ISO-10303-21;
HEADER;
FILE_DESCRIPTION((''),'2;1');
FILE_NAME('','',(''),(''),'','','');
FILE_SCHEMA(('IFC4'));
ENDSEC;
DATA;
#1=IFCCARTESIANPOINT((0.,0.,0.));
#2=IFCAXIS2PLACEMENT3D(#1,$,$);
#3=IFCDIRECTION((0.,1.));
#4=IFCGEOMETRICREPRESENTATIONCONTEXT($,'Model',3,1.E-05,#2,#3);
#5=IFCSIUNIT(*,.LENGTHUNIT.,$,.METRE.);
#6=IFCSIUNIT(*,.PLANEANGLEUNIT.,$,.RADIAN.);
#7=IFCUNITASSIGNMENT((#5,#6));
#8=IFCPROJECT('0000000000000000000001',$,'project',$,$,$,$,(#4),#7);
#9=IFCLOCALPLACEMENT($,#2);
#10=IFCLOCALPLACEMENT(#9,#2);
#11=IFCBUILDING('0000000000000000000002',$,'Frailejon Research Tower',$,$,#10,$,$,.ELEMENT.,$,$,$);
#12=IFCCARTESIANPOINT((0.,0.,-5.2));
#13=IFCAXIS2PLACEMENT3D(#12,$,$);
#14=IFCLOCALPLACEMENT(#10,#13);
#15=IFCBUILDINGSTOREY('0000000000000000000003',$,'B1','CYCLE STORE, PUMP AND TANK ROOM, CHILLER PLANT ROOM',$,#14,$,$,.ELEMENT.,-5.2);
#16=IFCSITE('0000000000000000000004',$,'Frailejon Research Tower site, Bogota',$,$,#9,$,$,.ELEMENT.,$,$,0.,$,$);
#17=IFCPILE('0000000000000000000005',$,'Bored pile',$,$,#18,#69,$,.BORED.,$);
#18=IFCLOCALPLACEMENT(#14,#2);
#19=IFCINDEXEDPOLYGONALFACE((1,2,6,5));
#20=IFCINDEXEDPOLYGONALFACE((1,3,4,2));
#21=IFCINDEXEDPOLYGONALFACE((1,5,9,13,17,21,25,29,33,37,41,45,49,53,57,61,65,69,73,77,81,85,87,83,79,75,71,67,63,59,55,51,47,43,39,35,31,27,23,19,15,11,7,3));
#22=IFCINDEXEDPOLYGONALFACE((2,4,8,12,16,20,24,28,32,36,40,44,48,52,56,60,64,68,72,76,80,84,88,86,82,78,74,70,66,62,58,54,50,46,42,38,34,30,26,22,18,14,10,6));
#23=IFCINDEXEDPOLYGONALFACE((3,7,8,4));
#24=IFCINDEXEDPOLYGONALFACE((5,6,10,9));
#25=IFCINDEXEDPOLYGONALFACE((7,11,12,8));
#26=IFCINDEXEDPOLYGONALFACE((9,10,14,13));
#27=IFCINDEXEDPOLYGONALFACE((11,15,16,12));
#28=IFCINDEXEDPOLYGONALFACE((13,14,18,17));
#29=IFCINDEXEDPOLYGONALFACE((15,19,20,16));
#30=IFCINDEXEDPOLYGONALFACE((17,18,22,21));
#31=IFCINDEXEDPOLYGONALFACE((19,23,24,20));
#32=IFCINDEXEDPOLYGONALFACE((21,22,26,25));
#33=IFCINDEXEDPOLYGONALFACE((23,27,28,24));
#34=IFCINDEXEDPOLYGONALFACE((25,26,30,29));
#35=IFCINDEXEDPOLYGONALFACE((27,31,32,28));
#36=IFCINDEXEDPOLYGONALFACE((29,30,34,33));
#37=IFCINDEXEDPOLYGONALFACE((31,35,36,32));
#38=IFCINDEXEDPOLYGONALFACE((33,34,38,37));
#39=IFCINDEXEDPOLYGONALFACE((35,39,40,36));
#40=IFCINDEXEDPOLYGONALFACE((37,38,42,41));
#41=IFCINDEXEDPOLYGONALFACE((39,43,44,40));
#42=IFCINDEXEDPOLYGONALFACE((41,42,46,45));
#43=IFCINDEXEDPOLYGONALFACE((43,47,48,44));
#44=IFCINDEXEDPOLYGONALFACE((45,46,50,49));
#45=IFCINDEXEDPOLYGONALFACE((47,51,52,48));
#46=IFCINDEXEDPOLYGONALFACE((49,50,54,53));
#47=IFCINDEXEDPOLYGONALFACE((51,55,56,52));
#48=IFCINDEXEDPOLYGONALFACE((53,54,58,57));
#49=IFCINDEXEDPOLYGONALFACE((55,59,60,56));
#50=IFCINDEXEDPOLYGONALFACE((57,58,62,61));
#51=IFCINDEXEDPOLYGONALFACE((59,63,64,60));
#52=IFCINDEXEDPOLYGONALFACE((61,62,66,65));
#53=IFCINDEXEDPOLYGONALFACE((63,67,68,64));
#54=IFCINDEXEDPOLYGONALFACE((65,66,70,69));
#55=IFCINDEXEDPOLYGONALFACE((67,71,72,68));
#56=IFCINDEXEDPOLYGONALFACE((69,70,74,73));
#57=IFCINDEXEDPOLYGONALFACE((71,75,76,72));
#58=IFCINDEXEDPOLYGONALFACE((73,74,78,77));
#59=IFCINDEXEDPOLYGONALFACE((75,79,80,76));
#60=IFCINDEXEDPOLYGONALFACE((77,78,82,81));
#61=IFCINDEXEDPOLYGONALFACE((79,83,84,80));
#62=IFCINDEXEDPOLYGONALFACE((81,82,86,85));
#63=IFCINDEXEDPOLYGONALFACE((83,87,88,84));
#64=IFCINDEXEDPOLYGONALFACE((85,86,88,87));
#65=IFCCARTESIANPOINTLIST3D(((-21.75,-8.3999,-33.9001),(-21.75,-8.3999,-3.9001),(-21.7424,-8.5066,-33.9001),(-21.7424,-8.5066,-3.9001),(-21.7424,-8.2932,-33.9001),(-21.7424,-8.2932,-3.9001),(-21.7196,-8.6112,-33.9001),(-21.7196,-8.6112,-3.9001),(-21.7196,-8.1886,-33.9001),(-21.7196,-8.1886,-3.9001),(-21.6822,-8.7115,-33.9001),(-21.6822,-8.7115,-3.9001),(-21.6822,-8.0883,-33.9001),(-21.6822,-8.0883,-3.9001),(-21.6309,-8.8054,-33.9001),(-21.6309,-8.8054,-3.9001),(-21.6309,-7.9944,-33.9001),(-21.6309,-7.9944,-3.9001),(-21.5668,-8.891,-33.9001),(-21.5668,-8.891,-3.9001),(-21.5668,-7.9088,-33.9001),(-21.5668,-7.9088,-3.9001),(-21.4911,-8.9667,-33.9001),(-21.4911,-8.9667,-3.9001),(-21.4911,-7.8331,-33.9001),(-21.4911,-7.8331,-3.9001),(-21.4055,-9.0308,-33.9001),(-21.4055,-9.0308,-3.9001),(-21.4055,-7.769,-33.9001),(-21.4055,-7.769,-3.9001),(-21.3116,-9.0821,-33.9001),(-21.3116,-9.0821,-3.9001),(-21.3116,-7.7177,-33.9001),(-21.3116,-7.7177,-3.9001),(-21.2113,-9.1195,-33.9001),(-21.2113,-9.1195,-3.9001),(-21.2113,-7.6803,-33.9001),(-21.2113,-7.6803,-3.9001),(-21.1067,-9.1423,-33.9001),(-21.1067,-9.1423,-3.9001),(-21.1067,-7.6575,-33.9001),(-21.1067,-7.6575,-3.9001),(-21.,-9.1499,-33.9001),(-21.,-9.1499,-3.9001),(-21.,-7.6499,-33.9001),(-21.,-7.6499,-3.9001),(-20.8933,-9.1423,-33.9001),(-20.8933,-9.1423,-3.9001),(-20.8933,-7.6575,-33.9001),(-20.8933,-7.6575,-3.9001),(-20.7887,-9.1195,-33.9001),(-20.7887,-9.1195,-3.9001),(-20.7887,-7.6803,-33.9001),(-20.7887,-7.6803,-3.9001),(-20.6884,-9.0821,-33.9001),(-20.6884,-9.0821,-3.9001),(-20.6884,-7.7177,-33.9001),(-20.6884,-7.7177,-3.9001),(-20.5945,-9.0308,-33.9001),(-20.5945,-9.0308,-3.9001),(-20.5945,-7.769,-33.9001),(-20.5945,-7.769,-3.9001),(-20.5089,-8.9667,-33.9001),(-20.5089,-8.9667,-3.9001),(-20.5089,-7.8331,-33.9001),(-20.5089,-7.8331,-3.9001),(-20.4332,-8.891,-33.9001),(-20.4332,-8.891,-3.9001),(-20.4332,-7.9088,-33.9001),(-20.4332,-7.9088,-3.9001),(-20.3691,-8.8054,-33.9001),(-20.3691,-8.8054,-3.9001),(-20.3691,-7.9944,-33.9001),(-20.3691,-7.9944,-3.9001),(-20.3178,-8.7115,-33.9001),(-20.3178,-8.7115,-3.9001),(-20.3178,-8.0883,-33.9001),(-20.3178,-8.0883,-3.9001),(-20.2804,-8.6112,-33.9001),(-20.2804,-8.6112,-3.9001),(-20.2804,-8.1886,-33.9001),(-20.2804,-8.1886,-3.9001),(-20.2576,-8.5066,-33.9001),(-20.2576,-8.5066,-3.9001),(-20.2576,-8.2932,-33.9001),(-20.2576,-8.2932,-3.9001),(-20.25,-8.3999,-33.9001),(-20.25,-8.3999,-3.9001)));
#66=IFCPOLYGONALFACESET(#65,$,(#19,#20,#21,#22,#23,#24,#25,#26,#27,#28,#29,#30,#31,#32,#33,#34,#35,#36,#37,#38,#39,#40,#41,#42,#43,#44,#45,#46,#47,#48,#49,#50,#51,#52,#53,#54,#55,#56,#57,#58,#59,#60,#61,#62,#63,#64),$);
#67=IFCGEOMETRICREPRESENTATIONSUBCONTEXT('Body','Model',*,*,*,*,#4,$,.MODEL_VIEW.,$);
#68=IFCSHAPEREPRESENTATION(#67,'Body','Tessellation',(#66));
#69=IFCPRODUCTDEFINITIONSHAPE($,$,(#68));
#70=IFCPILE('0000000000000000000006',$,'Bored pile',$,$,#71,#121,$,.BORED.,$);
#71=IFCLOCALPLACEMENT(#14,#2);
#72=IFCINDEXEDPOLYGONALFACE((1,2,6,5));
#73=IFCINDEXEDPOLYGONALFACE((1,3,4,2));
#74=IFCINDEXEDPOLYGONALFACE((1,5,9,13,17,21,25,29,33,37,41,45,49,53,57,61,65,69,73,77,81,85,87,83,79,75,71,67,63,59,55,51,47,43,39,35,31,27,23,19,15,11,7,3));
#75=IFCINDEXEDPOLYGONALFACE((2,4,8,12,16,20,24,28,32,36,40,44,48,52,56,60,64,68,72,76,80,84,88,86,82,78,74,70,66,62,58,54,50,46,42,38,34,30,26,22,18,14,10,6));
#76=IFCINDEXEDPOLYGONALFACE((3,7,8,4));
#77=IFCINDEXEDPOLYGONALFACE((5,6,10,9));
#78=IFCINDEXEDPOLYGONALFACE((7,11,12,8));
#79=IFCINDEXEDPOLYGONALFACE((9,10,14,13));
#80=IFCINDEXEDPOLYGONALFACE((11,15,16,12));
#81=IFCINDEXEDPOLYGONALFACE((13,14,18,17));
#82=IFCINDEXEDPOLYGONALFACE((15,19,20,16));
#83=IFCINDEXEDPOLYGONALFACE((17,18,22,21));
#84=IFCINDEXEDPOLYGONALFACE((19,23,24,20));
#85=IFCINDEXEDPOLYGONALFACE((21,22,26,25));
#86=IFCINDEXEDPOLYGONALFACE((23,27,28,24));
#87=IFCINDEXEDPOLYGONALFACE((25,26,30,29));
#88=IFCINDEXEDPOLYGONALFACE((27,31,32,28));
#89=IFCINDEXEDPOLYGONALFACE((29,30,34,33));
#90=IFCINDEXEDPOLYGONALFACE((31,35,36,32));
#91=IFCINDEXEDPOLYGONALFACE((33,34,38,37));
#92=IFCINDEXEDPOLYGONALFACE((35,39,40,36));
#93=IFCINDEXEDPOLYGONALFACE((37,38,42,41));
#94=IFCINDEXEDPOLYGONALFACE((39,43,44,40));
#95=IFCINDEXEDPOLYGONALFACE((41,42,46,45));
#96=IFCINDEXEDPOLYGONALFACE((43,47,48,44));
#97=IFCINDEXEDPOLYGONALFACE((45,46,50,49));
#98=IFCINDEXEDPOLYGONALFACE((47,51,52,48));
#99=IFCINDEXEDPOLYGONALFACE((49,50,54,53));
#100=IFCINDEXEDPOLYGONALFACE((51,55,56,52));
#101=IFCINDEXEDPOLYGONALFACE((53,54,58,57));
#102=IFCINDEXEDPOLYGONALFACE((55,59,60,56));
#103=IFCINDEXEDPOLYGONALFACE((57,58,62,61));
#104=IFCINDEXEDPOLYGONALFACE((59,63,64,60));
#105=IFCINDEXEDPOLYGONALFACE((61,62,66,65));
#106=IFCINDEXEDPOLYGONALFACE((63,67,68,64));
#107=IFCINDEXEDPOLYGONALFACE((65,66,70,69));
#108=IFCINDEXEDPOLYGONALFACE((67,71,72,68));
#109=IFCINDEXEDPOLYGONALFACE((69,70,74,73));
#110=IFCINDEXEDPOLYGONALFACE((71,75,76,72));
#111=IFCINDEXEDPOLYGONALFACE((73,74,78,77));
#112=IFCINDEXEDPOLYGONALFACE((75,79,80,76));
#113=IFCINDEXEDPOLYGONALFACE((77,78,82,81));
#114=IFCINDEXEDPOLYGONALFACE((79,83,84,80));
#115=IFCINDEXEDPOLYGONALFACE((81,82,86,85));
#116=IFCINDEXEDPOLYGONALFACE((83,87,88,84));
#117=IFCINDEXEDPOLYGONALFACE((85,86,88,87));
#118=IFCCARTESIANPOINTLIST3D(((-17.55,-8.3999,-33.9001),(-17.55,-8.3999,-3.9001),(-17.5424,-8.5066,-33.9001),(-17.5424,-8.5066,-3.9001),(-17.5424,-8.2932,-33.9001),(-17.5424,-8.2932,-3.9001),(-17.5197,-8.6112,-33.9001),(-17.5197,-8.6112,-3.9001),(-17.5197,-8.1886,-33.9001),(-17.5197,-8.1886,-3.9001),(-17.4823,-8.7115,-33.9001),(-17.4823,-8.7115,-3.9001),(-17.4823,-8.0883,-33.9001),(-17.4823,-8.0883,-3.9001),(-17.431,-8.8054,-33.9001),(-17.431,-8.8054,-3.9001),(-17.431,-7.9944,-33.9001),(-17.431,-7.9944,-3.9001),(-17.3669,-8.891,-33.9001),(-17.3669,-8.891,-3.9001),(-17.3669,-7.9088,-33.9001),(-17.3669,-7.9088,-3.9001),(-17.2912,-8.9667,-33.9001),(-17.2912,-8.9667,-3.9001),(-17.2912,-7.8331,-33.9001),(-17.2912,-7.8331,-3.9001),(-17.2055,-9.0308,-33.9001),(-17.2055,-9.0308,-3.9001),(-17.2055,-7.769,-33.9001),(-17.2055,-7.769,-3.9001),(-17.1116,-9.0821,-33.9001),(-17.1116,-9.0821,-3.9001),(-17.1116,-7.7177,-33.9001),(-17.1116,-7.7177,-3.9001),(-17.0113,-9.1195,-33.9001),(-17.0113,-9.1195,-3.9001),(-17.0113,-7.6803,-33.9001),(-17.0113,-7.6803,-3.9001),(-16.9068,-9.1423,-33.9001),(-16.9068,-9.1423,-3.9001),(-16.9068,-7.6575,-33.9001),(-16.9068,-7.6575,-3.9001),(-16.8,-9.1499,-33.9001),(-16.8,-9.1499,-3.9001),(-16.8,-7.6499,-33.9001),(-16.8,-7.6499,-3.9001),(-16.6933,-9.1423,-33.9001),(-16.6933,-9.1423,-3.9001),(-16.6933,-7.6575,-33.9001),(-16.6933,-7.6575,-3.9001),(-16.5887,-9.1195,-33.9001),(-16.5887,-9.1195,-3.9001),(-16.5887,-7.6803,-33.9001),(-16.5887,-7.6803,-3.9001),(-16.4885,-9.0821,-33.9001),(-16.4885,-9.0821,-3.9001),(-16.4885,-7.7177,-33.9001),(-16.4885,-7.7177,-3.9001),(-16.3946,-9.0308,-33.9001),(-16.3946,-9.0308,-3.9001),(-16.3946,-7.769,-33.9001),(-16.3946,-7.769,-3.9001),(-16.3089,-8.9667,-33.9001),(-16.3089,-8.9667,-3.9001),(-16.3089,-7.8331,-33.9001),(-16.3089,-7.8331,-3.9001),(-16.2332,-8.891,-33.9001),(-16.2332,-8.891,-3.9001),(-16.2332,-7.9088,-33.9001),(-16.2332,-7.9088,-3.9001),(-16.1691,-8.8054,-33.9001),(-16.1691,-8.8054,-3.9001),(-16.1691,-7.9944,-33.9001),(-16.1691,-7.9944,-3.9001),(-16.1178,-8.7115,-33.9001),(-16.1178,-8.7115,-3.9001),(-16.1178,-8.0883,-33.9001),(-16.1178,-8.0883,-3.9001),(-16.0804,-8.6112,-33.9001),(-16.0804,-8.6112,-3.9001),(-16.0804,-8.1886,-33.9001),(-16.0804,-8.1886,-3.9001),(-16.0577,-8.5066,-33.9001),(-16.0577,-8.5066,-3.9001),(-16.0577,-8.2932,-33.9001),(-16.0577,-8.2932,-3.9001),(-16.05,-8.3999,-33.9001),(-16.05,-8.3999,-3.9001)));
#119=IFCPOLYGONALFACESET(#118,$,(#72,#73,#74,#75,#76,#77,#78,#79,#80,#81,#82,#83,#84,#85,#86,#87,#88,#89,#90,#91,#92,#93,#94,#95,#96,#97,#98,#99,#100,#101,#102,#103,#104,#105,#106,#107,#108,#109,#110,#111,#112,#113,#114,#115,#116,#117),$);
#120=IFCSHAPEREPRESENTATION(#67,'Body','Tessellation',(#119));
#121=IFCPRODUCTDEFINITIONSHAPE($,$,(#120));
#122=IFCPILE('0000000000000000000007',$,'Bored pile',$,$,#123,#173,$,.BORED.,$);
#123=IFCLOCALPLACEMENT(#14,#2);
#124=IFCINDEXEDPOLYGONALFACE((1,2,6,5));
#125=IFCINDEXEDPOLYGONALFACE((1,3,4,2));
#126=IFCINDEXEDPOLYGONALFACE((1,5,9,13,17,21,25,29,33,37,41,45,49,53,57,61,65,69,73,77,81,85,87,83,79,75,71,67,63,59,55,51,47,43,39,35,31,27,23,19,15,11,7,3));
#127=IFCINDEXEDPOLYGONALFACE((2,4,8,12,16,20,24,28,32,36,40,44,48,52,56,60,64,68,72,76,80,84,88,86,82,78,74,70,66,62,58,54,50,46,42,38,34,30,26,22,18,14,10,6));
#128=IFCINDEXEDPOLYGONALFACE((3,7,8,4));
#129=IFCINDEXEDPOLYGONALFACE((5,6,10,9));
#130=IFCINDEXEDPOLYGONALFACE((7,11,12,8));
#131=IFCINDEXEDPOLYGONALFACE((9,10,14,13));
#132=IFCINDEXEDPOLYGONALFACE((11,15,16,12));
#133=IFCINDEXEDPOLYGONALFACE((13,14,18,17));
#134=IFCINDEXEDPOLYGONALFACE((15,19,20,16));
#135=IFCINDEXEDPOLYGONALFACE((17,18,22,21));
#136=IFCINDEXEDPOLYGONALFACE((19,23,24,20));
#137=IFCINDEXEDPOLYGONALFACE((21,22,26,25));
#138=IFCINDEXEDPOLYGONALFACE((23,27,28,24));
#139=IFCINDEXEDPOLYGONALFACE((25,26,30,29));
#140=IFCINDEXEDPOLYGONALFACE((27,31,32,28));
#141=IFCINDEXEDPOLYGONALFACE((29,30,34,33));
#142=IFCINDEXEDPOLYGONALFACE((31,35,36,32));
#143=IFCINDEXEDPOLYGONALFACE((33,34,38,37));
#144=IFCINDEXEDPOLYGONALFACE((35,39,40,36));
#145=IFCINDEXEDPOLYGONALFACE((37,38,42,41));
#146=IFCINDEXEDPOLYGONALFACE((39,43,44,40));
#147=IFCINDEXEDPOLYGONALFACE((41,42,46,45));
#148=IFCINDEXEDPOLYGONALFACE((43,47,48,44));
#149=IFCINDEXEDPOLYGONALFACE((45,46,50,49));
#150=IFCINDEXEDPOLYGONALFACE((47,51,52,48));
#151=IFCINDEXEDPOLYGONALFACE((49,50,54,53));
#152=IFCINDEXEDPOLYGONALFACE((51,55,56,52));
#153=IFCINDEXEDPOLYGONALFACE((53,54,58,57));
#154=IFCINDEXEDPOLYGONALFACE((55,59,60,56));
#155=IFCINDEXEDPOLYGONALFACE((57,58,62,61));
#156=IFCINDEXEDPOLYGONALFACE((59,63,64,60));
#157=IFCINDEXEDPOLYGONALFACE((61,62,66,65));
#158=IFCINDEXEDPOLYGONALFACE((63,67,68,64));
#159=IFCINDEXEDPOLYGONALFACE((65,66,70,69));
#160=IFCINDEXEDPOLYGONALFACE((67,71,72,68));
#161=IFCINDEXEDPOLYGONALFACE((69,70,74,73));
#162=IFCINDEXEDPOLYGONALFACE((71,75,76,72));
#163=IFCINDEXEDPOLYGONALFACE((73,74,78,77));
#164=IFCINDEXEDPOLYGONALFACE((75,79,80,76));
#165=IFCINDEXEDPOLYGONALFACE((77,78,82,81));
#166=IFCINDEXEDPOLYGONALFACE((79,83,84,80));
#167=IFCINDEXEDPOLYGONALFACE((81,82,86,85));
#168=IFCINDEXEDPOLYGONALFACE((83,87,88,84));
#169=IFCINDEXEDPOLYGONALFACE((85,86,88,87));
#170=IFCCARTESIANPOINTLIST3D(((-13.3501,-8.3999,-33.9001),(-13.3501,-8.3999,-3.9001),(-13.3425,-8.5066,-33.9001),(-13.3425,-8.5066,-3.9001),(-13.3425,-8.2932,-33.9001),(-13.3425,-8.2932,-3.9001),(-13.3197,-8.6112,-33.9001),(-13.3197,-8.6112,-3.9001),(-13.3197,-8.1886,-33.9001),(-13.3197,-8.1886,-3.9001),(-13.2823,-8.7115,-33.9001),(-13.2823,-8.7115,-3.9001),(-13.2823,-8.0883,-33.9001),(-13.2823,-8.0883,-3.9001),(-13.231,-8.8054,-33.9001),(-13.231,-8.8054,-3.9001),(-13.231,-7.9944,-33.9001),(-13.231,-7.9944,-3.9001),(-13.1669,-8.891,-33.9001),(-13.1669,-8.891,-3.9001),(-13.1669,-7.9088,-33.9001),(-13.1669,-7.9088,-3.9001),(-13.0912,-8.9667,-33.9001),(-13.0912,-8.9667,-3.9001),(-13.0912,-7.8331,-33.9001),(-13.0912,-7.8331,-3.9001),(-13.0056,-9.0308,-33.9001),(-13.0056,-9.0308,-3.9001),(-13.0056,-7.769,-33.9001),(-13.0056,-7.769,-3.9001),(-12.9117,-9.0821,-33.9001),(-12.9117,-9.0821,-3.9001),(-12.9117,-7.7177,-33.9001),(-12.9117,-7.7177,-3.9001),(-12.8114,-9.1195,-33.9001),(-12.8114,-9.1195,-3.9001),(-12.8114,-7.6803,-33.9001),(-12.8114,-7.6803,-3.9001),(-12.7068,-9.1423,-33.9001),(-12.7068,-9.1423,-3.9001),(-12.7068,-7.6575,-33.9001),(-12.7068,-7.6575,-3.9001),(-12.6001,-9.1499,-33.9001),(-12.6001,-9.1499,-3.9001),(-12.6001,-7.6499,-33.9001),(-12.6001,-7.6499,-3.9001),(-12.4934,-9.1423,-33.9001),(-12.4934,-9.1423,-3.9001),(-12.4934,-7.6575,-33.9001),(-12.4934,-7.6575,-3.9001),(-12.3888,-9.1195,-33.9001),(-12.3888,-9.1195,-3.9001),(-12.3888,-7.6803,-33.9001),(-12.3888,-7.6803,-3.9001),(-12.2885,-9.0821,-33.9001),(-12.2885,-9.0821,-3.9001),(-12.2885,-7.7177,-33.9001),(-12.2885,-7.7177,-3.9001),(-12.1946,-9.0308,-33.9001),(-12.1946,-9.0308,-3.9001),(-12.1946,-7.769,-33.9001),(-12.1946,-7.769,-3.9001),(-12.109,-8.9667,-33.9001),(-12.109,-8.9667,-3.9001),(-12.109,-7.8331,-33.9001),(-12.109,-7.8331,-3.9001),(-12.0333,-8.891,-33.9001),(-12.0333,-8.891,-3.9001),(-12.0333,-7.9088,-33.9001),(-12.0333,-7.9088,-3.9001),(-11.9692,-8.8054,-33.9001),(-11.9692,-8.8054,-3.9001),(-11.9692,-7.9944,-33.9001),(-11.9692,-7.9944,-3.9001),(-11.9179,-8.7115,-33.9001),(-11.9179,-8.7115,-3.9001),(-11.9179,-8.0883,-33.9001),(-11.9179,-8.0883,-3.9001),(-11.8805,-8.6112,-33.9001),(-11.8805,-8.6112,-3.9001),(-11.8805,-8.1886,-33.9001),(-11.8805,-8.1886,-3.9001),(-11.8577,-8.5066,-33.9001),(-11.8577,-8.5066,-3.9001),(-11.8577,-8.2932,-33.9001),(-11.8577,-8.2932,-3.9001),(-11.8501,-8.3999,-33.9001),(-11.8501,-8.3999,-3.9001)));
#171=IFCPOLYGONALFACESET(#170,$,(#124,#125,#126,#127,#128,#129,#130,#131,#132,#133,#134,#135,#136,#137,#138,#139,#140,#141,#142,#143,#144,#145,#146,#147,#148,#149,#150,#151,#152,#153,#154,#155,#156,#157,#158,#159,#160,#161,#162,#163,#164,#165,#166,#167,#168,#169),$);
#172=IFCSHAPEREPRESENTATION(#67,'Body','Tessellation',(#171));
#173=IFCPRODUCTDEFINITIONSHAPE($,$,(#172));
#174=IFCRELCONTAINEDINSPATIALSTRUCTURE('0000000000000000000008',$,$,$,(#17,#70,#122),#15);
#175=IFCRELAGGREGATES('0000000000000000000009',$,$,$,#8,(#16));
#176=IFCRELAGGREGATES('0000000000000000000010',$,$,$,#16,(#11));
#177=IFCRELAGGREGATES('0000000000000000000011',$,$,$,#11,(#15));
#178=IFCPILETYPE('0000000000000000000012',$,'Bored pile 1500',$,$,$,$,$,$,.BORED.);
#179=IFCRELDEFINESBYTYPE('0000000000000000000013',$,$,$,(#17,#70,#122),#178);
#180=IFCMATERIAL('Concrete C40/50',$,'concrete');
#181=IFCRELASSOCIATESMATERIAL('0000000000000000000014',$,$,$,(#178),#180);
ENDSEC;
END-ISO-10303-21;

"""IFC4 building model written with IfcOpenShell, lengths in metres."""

from ifc_helpers import new_model, si_unit, direction, frame, origin, origin_2d, place, context, subcontext, project, spatial, circle, extrude, material, material_profile, profile_set, type_object, element, save


model = new_model("IFC4")

# Units and contexts
model_context = context("Model", 3, precision=1e-05, world=origin(), true_north=direction((0.0, 1.0)))
body_context = subcontext(model_context, "Body", "Model", "MODEL_VIEW")
ifc_project = project(units=[si_unit("LENGTHUNIT", "METRE"), si_unit("PLANEANGLEUNIT", "RADIAN")], contexts=[model_context])

# Site, building, storey
site_placement = place(None, origin())
site = spatial("IfcSite", under=ifc_project, at=site_placement, Name="Frailejon Research Tower site, Bogota", CompositionType="ELEMENT", RefElevation=0.0)
building_placement = place(site_placement, origin())
building = spatial("IfcBuilding", under=site, at=building_placement, Name="Frailejon Research Tower", CompositionType="ELEMENT")
storey_placement = place(building_placement, frame((0.0, 0.0, -5.2)))
storey = spatial("IfcBuildingStorey", under=building, at=storey_placement, Name="B1", Description="CYCLE STORE, PUMP AND TANK ROOM, CHILLER PLANT ROOM", CompositionType="ELEMENT", Elevation=-5.2)

# Piles
ifc_material_1 = material(Name="Concrete C40/50", Category="concrete")
ifc_material_profile_1 = material_profile(ifc_material_1, circle(Radius=0.75, at=origin_2d()), Name="Bored pile 1500")
ifc_profile_set_1 = profile_set([ifc_material_profile_1], Name="Concrete C40/50")
pile_type = type_object("IfcPileType", Name="Bored pile 1500", PredefinedType="BORED", material=ifc_profile_set_1)
for number, where, z_axis, x_axis, name in (
    (1, (-21.0, -8.3999, -3.9001), (0.0, 0.0, -1.0), (1.0, 0.0, 0.0), "Bored pile"),
    (2, (-16.8, -8.3999, -3.9001), (0.0, 0.0, -1.0), (1.0, 0.0, 0.0), "Bored pile"),
    (3, (-12.6001, -8.3999, -3.9001), (0.0, 0.0, -1.0), (1.0, 0.0, 0.0), "Bored pile"),
):
    element("IfcPile", number, at=place(storey_placement, frame(where, z_axis=z_axis, x_axis=x_axis)), inside=storey, type_object=pile_type, Name=name, PredefinedType="BORED", context=body_context, shape_type="SweptSolid", body=[
        extrude(circle(Radius=0.75, at=origin_2d()), origin(), (0.0, 0.0, 1.0), 30.0),
    ])

save(model, "model.ifc")
